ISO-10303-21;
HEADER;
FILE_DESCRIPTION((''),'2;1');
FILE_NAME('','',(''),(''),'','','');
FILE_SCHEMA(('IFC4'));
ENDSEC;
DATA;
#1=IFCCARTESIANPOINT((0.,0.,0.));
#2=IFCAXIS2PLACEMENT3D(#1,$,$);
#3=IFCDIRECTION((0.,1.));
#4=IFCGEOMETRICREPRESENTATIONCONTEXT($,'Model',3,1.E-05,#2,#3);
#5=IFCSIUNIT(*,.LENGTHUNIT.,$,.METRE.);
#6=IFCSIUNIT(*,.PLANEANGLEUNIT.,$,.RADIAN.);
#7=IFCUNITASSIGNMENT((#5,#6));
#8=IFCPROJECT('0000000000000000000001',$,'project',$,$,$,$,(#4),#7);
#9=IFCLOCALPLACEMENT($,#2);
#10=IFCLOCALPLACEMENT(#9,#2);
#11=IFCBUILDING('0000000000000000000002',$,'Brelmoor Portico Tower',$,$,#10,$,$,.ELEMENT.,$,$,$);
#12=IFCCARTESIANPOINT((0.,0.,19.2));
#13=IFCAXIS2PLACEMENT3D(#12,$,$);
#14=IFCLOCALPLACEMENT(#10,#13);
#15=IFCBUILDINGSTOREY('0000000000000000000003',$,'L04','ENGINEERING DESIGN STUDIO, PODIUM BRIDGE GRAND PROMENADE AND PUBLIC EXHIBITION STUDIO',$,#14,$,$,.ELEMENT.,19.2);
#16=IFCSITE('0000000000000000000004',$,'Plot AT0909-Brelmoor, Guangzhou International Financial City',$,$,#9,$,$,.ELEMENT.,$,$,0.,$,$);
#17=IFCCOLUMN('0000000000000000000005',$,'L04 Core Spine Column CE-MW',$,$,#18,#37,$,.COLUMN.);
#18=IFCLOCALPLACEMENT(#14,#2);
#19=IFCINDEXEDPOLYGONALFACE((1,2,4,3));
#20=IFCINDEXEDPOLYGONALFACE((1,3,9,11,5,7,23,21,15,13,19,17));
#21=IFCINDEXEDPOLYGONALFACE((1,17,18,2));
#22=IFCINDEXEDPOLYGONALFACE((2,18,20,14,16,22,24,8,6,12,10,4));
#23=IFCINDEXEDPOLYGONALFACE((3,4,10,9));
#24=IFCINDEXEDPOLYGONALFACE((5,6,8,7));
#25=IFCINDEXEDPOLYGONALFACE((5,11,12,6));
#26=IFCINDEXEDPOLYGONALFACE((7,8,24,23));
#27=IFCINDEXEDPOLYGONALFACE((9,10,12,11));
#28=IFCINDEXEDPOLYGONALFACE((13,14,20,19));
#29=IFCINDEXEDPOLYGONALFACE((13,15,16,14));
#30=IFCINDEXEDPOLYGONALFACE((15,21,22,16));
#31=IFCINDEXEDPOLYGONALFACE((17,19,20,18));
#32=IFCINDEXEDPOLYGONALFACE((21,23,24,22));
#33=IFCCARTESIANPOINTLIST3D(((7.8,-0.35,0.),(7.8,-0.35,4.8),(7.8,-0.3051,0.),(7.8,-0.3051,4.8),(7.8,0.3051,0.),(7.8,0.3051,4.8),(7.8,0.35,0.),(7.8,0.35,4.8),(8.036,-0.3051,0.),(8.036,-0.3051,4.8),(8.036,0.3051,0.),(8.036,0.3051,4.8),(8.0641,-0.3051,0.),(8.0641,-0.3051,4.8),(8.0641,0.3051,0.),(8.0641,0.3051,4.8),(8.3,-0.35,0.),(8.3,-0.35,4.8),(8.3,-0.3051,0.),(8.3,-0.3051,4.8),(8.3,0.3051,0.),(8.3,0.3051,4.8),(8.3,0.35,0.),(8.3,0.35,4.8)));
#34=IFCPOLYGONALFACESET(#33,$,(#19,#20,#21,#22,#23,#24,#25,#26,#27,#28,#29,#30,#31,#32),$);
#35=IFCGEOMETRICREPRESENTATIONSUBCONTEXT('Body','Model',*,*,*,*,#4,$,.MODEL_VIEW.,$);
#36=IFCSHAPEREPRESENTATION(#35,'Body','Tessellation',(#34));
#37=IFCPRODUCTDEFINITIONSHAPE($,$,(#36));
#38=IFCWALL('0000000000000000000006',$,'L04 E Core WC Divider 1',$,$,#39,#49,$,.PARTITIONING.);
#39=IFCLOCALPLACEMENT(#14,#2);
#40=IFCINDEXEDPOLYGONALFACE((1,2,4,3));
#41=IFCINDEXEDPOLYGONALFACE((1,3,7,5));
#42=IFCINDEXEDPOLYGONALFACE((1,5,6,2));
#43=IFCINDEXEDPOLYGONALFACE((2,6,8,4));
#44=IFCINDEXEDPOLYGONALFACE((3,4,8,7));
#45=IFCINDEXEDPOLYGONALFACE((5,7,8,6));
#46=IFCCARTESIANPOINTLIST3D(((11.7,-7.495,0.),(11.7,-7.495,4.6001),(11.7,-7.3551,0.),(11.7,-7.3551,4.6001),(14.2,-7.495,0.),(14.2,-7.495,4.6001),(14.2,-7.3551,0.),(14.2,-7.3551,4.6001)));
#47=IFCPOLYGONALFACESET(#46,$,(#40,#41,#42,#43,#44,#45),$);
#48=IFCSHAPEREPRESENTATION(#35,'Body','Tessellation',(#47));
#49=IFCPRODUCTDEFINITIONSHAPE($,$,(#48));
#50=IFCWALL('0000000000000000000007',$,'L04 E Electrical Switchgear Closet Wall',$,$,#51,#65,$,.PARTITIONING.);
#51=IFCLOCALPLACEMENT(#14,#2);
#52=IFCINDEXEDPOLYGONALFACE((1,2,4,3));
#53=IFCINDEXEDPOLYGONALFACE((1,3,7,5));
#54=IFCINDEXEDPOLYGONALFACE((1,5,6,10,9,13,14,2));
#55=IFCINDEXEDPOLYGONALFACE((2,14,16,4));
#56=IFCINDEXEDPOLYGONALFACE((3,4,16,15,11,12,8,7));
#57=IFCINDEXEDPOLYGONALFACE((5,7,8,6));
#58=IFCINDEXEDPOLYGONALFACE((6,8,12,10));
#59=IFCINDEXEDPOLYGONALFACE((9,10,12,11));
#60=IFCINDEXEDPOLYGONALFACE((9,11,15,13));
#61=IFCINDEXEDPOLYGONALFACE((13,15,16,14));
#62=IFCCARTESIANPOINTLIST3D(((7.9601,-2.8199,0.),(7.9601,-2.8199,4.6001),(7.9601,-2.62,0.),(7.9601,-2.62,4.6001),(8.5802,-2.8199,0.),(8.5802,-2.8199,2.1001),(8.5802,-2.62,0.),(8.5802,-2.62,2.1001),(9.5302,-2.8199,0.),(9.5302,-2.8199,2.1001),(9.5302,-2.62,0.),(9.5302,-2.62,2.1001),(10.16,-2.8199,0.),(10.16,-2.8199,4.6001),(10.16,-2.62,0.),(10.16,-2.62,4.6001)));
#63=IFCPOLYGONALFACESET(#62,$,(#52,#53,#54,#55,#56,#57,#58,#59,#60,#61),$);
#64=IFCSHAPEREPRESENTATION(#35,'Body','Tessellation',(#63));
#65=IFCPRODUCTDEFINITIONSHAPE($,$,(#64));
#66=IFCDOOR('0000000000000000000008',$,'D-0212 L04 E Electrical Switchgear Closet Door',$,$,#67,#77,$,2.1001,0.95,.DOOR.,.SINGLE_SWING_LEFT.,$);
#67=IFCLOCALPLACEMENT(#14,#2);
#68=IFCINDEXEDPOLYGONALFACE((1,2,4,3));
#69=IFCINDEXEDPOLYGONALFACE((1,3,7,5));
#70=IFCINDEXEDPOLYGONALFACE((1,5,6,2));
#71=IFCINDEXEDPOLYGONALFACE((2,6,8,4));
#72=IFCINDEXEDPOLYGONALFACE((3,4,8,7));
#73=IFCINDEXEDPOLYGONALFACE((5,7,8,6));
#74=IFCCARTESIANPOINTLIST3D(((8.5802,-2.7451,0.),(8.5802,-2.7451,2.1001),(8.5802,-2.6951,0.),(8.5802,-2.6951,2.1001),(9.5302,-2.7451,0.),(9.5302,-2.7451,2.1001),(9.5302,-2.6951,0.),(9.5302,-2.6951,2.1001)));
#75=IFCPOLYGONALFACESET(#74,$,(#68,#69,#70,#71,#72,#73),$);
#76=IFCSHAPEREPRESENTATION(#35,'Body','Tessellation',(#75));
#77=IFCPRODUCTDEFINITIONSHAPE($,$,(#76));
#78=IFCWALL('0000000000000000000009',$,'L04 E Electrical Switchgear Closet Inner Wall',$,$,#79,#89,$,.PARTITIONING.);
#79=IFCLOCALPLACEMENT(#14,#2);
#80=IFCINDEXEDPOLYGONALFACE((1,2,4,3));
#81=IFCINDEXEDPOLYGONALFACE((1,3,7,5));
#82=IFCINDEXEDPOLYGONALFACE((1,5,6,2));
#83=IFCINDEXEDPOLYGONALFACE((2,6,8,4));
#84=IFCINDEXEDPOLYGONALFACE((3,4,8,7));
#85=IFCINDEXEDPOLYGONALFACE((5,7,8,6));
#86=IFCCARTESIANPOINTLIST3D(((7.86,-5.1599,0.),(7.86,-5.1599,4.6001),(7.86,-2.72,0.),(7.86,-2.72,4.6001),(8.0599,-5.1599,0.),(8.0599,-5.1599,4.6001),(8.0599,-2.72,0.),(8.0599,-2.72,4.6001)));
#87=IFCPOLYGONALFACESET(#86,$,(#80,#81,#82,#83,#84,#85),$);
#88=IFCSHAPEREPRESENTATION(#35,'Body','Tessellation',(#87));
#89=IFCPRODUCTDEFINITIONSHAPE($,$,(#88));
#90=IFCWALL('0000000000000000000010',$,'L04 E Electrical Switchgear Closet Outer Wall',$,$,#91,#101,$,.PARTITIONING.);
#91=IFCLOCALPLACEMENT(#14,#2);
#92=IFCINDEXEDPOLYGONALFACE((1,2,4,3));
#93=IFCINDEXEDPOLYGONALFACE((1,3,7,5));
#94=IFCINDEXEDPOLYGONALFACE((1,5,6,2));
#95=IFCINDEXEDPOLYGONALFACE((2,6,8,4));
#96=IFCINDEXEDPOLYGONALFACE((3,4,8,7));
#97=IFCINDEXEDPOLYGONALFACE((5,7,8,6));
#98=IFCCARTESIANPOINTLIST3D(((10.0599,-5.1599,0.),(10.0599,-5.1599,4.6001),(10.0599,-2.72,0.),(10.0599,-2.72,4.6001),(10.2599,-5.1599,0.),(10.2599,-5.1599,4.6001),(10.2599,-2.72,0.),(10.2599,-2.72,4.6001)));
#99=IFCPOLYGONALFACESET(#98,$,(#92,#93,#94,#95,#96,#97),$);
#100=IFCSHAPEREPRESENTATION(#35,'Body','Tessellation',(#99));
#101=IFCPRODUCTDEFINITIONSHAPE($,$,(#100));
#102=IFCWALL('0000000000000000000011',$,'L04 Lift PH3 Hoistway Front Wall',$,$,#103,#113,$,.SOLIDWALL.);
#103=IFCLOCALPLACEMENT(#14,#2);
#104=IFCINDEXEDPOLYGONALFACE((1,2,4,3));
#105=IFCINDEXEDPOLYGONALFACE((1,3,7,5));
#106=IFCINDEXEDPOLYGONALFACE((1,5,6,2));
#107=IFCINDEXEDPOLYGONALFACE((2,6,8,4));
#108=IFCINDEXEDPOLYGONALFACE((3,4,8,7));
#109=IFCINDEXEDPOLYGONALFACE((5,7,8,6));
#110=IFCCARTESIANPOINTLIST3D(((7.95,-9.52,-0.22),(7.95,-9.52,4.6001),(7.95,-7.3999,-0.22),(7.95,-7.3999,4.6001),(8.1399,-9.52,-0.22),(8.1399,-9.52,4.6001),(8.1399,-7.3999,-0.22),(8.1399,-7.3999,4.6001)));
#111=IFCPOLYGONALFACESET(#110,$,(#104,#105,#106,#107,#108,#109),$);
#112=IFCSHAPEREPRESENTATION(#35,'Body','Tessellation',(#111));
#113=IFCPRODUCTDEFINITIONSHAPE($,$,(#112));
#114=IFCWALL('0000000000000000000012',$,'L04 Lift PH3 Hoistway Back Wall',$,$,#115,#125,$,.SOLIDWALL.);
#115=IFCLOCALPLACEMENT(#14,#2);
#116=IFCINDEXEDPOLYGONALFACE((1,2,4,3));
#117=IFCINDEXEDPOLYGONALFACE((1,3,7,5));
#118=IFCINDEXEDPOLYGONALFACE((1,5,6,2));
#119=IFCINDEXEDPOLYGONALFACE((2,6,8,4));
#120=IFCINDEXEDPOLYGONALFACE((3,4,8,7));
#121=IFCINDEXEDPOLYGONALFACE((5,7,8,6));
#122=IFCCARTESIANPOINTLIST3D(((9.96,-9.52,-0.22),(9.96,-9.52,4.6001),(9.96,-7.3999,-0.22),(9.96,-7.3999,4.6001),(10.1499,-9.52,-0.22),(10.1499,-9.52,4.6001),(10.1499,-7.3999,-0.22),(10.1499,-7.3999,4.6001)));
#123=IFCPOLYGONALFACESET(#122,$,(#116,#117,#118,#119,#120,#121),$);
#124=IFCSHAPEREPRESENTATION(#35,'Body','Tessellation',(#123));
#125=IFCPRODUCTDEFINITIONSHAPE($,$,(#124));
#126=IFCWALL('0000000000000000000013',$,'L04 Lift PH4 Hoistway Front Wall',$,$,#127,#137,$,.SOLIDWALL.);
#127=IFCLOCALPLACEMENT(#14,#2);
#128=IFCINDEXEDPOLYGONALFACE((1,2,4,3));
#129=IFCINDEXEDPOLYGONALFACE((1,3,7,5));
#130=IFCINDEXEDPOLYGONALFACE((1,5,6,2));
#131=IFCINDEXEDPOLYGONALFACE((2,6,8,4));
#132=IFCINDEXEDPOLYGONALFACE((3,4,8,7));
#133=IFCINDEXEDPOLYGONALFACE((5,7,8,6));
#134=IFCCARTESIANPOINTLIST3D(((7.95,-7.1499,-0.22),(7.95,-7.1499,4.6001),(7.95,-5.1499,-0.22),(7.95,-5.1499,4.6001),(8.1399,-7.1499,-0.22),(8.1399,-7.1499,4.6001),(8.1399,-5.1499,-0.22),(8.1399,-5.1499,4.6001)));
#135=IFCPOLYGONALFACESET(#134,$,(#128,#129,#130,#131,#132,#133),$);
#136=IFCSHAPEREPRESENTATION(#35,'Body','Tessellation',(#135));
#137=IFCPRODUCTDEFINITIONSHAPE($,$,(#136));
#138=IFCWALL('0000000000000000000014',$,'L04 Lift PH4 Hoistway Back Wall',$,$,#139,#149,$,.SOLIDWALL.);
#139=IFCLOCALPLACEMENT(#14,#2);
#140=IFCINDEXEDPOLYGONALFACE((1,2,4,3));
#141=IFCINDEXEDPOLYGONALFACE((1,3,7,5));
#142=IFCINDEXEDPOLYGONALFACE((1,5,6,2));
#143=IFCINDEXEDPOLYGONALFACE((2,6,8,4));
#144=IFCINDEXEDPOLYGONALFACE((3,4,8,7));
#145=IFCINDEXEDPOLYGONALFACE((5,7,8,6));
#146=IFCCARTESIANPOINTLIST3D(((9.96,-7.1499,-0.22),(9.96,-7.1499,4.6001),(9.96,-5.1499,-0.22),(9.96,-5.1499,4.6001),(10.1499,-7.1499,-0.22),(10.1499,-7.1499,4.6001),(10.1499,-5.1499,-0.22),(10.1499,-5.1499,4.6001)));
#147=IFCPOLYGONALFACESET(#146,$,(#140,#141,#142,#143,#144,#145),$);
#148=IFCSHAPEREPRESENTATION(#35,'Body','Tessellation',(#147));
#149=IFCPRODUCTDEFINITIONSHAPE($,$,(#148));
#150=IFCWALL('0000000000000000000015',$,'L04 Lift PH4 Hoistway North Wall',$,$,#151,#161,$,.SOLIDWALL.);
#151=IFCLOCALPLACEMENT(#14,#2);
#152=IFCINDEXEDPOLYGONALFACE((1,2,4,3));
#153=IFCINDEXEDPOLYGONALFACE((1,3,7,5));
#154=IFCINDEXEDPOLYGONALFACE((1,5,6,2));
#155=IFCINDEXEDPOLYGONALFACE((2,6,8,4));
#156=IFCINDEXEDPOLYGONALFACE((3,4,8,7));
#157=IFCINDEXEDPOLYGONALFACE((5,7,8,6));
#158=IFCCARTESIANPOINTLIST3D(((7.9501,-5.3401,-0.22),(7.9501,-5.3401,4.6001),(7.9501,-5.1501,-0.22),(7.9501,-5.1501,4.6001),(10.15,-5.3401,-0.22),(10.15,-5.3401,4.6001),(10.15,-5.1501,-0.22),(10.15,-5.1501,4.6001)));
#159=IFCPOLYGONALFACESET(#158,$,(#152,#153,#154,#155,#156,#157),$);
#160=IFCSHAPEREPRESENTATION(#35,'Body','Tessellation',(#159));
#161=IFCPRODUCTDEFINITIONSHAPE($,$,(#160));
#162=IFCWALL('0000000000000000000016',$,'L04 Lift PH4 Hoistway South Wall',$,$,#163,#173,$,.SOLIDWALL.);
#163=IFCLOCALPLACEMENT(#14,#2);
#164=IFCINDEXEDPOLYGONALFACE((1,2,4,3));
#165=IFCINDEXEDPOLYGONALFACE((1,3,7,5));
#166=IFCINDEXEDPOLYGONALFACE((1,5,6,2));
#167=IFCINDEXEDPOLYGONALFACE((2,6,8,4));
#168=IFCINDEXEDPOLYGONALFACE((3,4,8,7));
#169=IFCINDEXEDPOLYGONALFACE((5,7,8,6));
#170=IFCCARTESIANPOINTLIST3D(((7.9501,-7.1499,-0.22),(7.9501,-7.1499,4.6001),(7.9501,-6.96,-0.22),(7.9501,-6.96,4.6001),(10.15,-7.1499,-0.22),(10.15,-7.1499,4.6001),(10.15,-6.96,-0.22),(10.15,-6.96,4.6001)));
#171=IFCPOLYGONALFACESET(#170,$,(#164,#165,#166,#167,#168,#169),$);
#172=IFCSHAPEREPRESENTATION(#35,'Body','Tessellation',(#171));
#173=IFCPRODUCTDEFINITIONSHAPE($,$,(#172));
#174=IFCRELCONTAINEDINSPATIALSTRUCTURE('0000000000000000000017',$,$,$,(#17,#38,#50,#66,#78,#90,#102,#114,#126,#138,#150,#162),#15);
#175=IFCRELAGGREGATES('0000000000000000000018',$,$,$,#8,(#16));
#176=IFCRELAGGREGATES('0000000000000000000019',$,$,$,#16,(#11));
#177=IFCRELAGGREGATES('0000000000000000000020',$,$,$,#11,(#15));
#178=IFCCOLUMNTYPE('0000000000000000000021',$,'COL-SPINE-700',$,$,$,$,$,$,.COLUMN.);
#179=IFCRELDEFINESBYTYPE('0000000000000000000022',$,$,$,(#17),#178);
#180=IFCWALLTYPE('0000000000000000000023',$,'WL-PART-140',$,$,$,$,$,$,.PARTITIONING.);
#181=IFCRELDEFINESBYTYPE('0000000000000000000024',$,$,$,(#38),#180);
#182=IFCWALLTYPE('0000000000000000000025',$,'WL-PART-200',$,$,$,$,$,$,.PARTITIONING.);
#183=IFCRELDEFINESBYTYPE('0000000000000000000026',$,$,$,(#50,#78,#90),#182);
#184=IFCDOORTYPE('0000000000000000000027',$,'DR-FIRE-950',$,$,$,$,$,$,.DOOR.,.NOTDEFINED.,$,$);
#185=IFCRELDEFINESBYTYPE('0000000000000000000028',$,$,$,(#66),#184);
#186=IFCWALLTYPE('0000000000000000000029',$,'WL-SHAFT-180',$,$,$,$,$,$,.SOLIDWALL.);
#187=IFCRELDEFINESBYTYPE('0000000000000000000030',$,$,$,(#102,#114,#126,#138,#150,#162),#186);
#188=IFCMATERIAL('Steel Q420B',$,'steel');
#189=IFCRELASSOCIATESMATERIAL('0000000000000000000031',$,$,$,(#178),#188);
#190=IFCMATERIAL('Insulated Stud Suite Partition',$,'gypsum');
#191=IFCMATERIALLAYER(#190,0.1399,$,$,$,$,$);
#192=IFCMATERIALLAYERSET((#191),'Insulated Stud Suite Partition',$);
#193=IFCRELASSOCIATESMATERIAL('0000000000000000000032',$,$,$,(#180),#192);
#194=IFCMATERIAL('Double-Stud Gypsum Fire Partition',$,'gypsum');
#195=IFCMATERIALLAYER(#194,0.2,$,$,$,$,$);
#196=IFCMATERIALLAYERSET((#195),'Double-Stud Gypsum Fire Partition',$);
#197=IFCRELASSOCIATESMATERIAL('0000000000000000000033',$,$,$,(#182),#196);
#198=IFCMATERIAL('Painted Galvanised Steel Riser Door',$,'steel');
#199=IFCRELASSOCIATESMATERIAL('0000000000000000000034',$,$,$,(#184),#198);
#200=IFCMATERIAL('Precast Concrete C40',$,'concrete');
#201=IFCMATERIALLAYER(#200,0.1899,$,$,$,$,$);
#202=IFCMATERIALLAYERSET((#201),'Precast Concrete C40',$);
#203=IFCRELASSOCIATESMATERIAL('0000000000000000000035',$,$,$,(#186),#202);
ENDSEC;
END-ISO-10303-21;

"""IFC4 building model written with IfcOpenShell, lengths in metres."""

from ifc_helpers import new_model, si_unit, direction, frame, frame_2d, origin, origin_2d, place, context, subcontext, project, spatial, rectangle, i_section, extrude, material, layer, layer_set, material_profile, profile_set, type_object, element, fill, save


model = new_model("IFC4")

# Units and contexts
model_context = context("Model", 3, precision=1e-05, world=origin(), true_north=direction((0.0, 1.0)))
body_context = subcontext(model_context, "Body", "Model", "MODEL_VIEW")
ifc_project = project(units=[si_unit("LENGTHUNIT", "METRE"), si_unit("PLANEANGLEUNIT", "RADIAN")], contexts=[model_context])

# Site, building, storey
site_placement = place(None, origin())
site = spatial("IfcSite", under=ifc_project, at=site_placement, Name="Plot AT0909-Brelmoor, Guangzhou International Financial City", CompositionType="ELEMENT", RefElevation=0.0)
building_placement = place(site_placement, origin())
building = spatial("IfcBuilding", under=site, at=building_placement, Name="Brelmoor Portico Tower", CompositionType="ELEMENT")
storey_placement = place(building_placement, frame((0.0, 0.0, 19.2)))
storey = spatial("IfcBuildingStorey", under=building, at=storey_placement, Name="L04", Description="ENGINEERING DESIGN STUDIO, PODIUM BRIDGE GRAND PROMENADE AND PUBLIC EXHIBITION STUDIO", CompositionType="ELEMENT", Elevation=19.2)

# Column
ifc_material_1 = material(Name="Steel Q420B", Category="steel")
ifc_material_profile = material_profile(ifc_material_1, i_section(OverallWidth=0.5, OverallDepth=0.7, WebThickness=0.0281, FlangeThickness=0.0449, at=origin_2d()), Name="HW 700x500x28x45")
ifc_profile_set = profile_set([ifc_material_profile], Name="Steel Q420B")
column_type = type_object("IfcColumnType", Name="COL-SPINE-700", PredefinedType="COLUMN", material=ifc_profile_set)
column_placement = place(storey_placement, frame((8.05, 0.0, 0.0), z_axis=(0.0, 0.0, 1.0), x_axis=(1.0, 0.0, 0.0)))
element("IfcColumn", 1, at=column_placement, inside=storey, type_object=column_type, Name="L04 Core Spine Column CE-MW", PredefinedType="COLUMN", context=body_context, shape_type="SweptSolid", body=[
    extrude(i_section(OverallWidth=0.5, OverallDepth=0.7, WebThickness=0.0281, FlangeThickness=0.0449, at=origin_2d()), origin(), (0.0, 0.0, 1.0), 4.8),
])

# Wall
ifc_material_2 = material(Name="Insulated Stud Suite Partition", Category="gypsum")
ifc_layer_1 = layer(ifc_material_2, 0.1399)
ifc_layer_set_1 = layer_set([ifc_layer_1], Name="Insulated Stud Suite Partition")
wall_type_1 = type_object("IfcWallType", Name="WL-PART-140", PredefinedType="PARTITIONING", material=ifc_layer_set_1)
wall_1_placement = place(storey_placement, frame((11.7, -7.425, 0.0), z_axis=(0.0, 0.0, 1.0), x_axis=(1.0, 0.0, 0.0)))
element("IfcWall", 2, at=wall_1_placement, inside=storey, type_object=wall_type_1, Name="L04 E Core WC Divider 1", PredefinedType="PARTITIONING", context=body_context, shape_type="SweptSolid", body=[
    extrude(rectangle(XDim=2.5, YDim=0.1399, at=frame_2d((1.25, 0.0))), origin(), (0.0, 0.0, 1.0), 4.6001),
])

# Wall, opening, door
ifc_material_3 = material(Name="Double-Stud Gypsum Fire Partition", Category="gypsum")
ifc_layer_2 = layer(ifc_material_3, 0.2)
ifc_layer_set_2 = layer_set([ifc_layer_2], Name="Double-Stud Gypsum Fire Partition")
wall_type_2 = type_object("IfcWallType", Name="WL-PART-200", PredefinedType="PARTITIONING", material=ifc_layer_set_2)
wall_2_placement = place(storey_placement, frame((7.96, -2.72, 0.0), z_axis=(0.0, 0.0, 1.0), x_axis=(1.0, 0.0, 0.0)))
wall_2 = element("IfcWall", 3, at=wall_2_placement, inside=storey, type_object=wall_type_2, Name="L04 E Electrical Switchgear Closet Wall", PredefinedType="PARTITIONING", context=body_context, shape_type="SweptSolid", body=[
    extrude(rectangle(XDim=2.2, YDim=0.2, at=frame_2d((1.1001, 0.0))), origin(), (0.0, 0.0, 1.0), 4.6001),
])
opening_1_placement = place(wall_2_placement, frame((0.6201, 0.0, 0.0)))
opening_1 = element("IfcOpeningElement", 4, at=opening_1_placement, cuts=wall_2, PredefinedType="OPENING", context=body_context, shape_type="SweptSolid", body=[
    extrude(rectangle(XDim=0.95, YDim=2.1001, at=frame_2d((0.4751, 1.05))), frame((0.0, 0.1099, 0.0), z_axis=(0.0, -1.0, 0.0), x_axis=(1.0, 0.0, 0.0)), (0.0, 0.0, 1.0), 0.22),
])
ifc_material_4 = material(Name="Painted Galvanised Steel Riser Door", Category="steel")
door_type_1 = type_object("IfcDoorType", Name="DR-FIRE-950", OperationType="NOTDEFINED", PredefinedType="DOOR", material=ifc_material_4)
door_1_placement = place(opening_1_placement, origin())
door_1 = element("IfcDoor", 5, at=door_1_placement, inside=storey, type_object=door_type_1, Name="D-0212 L04 E Electrical Switchgear Closet Door", OperationType="SINGLE_SWING_LEFT", OverallHeight=2.1001, OverallWidth=0.95, PredefinedType="DOOR", context=body_context, shape_type="SweptSolid", body=[
    extrude(rectangle(XDim=0.95, YDim=2.1001, at=frame_2d((0.4751, 1.05))), frame((0.0, 0.0249, 0.0), z_axis=(0.0, -1.0, 0.0), x_axis=(1.0, 0.0, 0.0)), (0.0, 0.0, 1.0), 0.05),
])
fill(opening_1, door_1)

# Walls
for number, where, z_axis, x_axis, name in (
    (6, (7.96, -5.1599, 0.0), (0.0, 0.0, 1.0), (0.0, 1.0, 0.0), "L04 E Electrical Switchgear Closet Inner Wall"),
    (7, (10.1599, -5.1599, 0.0), (0.0, 0.0, 1.0), (0.0, 1.0, 0.0), "L04 E Electrical Switchgear Closet Outer Wall"),
):
    element("IfcWall", number, at=place(storey_placement, frame(where, z_axis=z_axis, x_axis=x_axis)), inside=storey, type_object=wall_type_2, Name=name, PredefinedType="PARTITIONING", context=body_context, shape_type="SweptSolid", body=[
        extrude(rectangle(XDim=2.4399, YDim=0.2, at=frame_2d((1.22, 0.0))), origin(), (0.0, 0.0, 1.0), 4.6001),
    ])
ifc_material_5 = material(Name="Precast Concrete C40", Category="concrete")
ifc_layer_3 = layer(ifc_material_5, 0.1899)
ifc_layer_set_3 = layer_set([ifc_layer_3], Name="Precast Concrete C40")
wall_type_3 = type_object("IfcWallType", Name="WL-SHAFT-180", PredefinedType="SOLIDWALL", material=ifc_layer_set_3)
for number, where, z_axis, x_axis, name in (
    (8, (8.0449, -9.52, -0.22), (0.0, 0.0, 1.0), (0.0, 1.0, 0.0), "L04 Lift PH3 Hoistway Front Wall"),
    (9, (10.0549, -9.52, -0.22), (0.0, 0.0, 1.0), (0.0, 1.0, 0.0), "L04 Lift PH3 Hoistway Back Wall"),
):
    element("IfcWall", number, at=place(storey_placement, frame(where, z_axis=z_axis, x_axis=x_axis)), inside=storey, type_object=wall_type_3, Name=name, PredefinedType="SOLIDWALL", context=body_context, shape_type="SweptSolid", body=[
        extrude(rectangle(XDim=2.1201, YDim=0.1899, at=frame_2d((1.0601, 0.0))), origin(), (0.0, 0.0, 1.0), 4.8201),
    ])
for number, where, z_axis, x_axis, name in (
    (10, (8.0449, -7.1499, -0.22), (0.0, 0.0, 1.0), (0.0, 1.0, 0.0), "L04 Lift PH4 Hoistway Front Wall"),
    (11, (10.0549, -7.1499, -0.22), (0.0, 0.0, 1.0), (0.0, 1.0, 0.0), "L04 Lift PH4 Hoistway Back Wall"),
):
    element("IfcWall", number, at=place(storey_placement, frame(where, z_axis=z_axis, x_axis=x_axis)), inside=storey, type_object=wall_type_3, Name=name, PredefinedType="SOLIDWALL", context=body_context, shape_type="SweptSolid", body=[
        extrude(rectangle(XDim=2.0, YDim=0.1899, at=frame_2d((1.0, 0.0))), origin(), (0.0, 0.0, 1.0), 4.8201),
    ])
for number, where, z_axis, x_axis, name in (
    (12, (7.95, -5.2451, -0.22), (0.0, 0.0, 1.0), (1.0, 0.0, 0.0), "L04 Lift PH4 Hoistway North Wall"),
    (13, (7.95, -7.0549, -0.22), (0.0, 0.0, 1.0), (1.0, 0.0, 0.0), "L04 Lift PH4 Hoistway South Wall"),
):
    element("IfcWall", number, at=place(storey_placement, frame(where, z_axis=z_axis, x_axis=x_axis)), inside=storey, type_object=wall_type_3, Name=name, PredefinedType="SOLIDWALL", context=body_context, shape_type="SweptSolid", body=[
        extrude(rectangle(XDim=2.2, YDim=0.1899, at=frame_2d((1.1001, 0.0))), origin(), (0.0, 0.0, 1.0), 4.8201),
    ])

save(model, "model.ifc")
